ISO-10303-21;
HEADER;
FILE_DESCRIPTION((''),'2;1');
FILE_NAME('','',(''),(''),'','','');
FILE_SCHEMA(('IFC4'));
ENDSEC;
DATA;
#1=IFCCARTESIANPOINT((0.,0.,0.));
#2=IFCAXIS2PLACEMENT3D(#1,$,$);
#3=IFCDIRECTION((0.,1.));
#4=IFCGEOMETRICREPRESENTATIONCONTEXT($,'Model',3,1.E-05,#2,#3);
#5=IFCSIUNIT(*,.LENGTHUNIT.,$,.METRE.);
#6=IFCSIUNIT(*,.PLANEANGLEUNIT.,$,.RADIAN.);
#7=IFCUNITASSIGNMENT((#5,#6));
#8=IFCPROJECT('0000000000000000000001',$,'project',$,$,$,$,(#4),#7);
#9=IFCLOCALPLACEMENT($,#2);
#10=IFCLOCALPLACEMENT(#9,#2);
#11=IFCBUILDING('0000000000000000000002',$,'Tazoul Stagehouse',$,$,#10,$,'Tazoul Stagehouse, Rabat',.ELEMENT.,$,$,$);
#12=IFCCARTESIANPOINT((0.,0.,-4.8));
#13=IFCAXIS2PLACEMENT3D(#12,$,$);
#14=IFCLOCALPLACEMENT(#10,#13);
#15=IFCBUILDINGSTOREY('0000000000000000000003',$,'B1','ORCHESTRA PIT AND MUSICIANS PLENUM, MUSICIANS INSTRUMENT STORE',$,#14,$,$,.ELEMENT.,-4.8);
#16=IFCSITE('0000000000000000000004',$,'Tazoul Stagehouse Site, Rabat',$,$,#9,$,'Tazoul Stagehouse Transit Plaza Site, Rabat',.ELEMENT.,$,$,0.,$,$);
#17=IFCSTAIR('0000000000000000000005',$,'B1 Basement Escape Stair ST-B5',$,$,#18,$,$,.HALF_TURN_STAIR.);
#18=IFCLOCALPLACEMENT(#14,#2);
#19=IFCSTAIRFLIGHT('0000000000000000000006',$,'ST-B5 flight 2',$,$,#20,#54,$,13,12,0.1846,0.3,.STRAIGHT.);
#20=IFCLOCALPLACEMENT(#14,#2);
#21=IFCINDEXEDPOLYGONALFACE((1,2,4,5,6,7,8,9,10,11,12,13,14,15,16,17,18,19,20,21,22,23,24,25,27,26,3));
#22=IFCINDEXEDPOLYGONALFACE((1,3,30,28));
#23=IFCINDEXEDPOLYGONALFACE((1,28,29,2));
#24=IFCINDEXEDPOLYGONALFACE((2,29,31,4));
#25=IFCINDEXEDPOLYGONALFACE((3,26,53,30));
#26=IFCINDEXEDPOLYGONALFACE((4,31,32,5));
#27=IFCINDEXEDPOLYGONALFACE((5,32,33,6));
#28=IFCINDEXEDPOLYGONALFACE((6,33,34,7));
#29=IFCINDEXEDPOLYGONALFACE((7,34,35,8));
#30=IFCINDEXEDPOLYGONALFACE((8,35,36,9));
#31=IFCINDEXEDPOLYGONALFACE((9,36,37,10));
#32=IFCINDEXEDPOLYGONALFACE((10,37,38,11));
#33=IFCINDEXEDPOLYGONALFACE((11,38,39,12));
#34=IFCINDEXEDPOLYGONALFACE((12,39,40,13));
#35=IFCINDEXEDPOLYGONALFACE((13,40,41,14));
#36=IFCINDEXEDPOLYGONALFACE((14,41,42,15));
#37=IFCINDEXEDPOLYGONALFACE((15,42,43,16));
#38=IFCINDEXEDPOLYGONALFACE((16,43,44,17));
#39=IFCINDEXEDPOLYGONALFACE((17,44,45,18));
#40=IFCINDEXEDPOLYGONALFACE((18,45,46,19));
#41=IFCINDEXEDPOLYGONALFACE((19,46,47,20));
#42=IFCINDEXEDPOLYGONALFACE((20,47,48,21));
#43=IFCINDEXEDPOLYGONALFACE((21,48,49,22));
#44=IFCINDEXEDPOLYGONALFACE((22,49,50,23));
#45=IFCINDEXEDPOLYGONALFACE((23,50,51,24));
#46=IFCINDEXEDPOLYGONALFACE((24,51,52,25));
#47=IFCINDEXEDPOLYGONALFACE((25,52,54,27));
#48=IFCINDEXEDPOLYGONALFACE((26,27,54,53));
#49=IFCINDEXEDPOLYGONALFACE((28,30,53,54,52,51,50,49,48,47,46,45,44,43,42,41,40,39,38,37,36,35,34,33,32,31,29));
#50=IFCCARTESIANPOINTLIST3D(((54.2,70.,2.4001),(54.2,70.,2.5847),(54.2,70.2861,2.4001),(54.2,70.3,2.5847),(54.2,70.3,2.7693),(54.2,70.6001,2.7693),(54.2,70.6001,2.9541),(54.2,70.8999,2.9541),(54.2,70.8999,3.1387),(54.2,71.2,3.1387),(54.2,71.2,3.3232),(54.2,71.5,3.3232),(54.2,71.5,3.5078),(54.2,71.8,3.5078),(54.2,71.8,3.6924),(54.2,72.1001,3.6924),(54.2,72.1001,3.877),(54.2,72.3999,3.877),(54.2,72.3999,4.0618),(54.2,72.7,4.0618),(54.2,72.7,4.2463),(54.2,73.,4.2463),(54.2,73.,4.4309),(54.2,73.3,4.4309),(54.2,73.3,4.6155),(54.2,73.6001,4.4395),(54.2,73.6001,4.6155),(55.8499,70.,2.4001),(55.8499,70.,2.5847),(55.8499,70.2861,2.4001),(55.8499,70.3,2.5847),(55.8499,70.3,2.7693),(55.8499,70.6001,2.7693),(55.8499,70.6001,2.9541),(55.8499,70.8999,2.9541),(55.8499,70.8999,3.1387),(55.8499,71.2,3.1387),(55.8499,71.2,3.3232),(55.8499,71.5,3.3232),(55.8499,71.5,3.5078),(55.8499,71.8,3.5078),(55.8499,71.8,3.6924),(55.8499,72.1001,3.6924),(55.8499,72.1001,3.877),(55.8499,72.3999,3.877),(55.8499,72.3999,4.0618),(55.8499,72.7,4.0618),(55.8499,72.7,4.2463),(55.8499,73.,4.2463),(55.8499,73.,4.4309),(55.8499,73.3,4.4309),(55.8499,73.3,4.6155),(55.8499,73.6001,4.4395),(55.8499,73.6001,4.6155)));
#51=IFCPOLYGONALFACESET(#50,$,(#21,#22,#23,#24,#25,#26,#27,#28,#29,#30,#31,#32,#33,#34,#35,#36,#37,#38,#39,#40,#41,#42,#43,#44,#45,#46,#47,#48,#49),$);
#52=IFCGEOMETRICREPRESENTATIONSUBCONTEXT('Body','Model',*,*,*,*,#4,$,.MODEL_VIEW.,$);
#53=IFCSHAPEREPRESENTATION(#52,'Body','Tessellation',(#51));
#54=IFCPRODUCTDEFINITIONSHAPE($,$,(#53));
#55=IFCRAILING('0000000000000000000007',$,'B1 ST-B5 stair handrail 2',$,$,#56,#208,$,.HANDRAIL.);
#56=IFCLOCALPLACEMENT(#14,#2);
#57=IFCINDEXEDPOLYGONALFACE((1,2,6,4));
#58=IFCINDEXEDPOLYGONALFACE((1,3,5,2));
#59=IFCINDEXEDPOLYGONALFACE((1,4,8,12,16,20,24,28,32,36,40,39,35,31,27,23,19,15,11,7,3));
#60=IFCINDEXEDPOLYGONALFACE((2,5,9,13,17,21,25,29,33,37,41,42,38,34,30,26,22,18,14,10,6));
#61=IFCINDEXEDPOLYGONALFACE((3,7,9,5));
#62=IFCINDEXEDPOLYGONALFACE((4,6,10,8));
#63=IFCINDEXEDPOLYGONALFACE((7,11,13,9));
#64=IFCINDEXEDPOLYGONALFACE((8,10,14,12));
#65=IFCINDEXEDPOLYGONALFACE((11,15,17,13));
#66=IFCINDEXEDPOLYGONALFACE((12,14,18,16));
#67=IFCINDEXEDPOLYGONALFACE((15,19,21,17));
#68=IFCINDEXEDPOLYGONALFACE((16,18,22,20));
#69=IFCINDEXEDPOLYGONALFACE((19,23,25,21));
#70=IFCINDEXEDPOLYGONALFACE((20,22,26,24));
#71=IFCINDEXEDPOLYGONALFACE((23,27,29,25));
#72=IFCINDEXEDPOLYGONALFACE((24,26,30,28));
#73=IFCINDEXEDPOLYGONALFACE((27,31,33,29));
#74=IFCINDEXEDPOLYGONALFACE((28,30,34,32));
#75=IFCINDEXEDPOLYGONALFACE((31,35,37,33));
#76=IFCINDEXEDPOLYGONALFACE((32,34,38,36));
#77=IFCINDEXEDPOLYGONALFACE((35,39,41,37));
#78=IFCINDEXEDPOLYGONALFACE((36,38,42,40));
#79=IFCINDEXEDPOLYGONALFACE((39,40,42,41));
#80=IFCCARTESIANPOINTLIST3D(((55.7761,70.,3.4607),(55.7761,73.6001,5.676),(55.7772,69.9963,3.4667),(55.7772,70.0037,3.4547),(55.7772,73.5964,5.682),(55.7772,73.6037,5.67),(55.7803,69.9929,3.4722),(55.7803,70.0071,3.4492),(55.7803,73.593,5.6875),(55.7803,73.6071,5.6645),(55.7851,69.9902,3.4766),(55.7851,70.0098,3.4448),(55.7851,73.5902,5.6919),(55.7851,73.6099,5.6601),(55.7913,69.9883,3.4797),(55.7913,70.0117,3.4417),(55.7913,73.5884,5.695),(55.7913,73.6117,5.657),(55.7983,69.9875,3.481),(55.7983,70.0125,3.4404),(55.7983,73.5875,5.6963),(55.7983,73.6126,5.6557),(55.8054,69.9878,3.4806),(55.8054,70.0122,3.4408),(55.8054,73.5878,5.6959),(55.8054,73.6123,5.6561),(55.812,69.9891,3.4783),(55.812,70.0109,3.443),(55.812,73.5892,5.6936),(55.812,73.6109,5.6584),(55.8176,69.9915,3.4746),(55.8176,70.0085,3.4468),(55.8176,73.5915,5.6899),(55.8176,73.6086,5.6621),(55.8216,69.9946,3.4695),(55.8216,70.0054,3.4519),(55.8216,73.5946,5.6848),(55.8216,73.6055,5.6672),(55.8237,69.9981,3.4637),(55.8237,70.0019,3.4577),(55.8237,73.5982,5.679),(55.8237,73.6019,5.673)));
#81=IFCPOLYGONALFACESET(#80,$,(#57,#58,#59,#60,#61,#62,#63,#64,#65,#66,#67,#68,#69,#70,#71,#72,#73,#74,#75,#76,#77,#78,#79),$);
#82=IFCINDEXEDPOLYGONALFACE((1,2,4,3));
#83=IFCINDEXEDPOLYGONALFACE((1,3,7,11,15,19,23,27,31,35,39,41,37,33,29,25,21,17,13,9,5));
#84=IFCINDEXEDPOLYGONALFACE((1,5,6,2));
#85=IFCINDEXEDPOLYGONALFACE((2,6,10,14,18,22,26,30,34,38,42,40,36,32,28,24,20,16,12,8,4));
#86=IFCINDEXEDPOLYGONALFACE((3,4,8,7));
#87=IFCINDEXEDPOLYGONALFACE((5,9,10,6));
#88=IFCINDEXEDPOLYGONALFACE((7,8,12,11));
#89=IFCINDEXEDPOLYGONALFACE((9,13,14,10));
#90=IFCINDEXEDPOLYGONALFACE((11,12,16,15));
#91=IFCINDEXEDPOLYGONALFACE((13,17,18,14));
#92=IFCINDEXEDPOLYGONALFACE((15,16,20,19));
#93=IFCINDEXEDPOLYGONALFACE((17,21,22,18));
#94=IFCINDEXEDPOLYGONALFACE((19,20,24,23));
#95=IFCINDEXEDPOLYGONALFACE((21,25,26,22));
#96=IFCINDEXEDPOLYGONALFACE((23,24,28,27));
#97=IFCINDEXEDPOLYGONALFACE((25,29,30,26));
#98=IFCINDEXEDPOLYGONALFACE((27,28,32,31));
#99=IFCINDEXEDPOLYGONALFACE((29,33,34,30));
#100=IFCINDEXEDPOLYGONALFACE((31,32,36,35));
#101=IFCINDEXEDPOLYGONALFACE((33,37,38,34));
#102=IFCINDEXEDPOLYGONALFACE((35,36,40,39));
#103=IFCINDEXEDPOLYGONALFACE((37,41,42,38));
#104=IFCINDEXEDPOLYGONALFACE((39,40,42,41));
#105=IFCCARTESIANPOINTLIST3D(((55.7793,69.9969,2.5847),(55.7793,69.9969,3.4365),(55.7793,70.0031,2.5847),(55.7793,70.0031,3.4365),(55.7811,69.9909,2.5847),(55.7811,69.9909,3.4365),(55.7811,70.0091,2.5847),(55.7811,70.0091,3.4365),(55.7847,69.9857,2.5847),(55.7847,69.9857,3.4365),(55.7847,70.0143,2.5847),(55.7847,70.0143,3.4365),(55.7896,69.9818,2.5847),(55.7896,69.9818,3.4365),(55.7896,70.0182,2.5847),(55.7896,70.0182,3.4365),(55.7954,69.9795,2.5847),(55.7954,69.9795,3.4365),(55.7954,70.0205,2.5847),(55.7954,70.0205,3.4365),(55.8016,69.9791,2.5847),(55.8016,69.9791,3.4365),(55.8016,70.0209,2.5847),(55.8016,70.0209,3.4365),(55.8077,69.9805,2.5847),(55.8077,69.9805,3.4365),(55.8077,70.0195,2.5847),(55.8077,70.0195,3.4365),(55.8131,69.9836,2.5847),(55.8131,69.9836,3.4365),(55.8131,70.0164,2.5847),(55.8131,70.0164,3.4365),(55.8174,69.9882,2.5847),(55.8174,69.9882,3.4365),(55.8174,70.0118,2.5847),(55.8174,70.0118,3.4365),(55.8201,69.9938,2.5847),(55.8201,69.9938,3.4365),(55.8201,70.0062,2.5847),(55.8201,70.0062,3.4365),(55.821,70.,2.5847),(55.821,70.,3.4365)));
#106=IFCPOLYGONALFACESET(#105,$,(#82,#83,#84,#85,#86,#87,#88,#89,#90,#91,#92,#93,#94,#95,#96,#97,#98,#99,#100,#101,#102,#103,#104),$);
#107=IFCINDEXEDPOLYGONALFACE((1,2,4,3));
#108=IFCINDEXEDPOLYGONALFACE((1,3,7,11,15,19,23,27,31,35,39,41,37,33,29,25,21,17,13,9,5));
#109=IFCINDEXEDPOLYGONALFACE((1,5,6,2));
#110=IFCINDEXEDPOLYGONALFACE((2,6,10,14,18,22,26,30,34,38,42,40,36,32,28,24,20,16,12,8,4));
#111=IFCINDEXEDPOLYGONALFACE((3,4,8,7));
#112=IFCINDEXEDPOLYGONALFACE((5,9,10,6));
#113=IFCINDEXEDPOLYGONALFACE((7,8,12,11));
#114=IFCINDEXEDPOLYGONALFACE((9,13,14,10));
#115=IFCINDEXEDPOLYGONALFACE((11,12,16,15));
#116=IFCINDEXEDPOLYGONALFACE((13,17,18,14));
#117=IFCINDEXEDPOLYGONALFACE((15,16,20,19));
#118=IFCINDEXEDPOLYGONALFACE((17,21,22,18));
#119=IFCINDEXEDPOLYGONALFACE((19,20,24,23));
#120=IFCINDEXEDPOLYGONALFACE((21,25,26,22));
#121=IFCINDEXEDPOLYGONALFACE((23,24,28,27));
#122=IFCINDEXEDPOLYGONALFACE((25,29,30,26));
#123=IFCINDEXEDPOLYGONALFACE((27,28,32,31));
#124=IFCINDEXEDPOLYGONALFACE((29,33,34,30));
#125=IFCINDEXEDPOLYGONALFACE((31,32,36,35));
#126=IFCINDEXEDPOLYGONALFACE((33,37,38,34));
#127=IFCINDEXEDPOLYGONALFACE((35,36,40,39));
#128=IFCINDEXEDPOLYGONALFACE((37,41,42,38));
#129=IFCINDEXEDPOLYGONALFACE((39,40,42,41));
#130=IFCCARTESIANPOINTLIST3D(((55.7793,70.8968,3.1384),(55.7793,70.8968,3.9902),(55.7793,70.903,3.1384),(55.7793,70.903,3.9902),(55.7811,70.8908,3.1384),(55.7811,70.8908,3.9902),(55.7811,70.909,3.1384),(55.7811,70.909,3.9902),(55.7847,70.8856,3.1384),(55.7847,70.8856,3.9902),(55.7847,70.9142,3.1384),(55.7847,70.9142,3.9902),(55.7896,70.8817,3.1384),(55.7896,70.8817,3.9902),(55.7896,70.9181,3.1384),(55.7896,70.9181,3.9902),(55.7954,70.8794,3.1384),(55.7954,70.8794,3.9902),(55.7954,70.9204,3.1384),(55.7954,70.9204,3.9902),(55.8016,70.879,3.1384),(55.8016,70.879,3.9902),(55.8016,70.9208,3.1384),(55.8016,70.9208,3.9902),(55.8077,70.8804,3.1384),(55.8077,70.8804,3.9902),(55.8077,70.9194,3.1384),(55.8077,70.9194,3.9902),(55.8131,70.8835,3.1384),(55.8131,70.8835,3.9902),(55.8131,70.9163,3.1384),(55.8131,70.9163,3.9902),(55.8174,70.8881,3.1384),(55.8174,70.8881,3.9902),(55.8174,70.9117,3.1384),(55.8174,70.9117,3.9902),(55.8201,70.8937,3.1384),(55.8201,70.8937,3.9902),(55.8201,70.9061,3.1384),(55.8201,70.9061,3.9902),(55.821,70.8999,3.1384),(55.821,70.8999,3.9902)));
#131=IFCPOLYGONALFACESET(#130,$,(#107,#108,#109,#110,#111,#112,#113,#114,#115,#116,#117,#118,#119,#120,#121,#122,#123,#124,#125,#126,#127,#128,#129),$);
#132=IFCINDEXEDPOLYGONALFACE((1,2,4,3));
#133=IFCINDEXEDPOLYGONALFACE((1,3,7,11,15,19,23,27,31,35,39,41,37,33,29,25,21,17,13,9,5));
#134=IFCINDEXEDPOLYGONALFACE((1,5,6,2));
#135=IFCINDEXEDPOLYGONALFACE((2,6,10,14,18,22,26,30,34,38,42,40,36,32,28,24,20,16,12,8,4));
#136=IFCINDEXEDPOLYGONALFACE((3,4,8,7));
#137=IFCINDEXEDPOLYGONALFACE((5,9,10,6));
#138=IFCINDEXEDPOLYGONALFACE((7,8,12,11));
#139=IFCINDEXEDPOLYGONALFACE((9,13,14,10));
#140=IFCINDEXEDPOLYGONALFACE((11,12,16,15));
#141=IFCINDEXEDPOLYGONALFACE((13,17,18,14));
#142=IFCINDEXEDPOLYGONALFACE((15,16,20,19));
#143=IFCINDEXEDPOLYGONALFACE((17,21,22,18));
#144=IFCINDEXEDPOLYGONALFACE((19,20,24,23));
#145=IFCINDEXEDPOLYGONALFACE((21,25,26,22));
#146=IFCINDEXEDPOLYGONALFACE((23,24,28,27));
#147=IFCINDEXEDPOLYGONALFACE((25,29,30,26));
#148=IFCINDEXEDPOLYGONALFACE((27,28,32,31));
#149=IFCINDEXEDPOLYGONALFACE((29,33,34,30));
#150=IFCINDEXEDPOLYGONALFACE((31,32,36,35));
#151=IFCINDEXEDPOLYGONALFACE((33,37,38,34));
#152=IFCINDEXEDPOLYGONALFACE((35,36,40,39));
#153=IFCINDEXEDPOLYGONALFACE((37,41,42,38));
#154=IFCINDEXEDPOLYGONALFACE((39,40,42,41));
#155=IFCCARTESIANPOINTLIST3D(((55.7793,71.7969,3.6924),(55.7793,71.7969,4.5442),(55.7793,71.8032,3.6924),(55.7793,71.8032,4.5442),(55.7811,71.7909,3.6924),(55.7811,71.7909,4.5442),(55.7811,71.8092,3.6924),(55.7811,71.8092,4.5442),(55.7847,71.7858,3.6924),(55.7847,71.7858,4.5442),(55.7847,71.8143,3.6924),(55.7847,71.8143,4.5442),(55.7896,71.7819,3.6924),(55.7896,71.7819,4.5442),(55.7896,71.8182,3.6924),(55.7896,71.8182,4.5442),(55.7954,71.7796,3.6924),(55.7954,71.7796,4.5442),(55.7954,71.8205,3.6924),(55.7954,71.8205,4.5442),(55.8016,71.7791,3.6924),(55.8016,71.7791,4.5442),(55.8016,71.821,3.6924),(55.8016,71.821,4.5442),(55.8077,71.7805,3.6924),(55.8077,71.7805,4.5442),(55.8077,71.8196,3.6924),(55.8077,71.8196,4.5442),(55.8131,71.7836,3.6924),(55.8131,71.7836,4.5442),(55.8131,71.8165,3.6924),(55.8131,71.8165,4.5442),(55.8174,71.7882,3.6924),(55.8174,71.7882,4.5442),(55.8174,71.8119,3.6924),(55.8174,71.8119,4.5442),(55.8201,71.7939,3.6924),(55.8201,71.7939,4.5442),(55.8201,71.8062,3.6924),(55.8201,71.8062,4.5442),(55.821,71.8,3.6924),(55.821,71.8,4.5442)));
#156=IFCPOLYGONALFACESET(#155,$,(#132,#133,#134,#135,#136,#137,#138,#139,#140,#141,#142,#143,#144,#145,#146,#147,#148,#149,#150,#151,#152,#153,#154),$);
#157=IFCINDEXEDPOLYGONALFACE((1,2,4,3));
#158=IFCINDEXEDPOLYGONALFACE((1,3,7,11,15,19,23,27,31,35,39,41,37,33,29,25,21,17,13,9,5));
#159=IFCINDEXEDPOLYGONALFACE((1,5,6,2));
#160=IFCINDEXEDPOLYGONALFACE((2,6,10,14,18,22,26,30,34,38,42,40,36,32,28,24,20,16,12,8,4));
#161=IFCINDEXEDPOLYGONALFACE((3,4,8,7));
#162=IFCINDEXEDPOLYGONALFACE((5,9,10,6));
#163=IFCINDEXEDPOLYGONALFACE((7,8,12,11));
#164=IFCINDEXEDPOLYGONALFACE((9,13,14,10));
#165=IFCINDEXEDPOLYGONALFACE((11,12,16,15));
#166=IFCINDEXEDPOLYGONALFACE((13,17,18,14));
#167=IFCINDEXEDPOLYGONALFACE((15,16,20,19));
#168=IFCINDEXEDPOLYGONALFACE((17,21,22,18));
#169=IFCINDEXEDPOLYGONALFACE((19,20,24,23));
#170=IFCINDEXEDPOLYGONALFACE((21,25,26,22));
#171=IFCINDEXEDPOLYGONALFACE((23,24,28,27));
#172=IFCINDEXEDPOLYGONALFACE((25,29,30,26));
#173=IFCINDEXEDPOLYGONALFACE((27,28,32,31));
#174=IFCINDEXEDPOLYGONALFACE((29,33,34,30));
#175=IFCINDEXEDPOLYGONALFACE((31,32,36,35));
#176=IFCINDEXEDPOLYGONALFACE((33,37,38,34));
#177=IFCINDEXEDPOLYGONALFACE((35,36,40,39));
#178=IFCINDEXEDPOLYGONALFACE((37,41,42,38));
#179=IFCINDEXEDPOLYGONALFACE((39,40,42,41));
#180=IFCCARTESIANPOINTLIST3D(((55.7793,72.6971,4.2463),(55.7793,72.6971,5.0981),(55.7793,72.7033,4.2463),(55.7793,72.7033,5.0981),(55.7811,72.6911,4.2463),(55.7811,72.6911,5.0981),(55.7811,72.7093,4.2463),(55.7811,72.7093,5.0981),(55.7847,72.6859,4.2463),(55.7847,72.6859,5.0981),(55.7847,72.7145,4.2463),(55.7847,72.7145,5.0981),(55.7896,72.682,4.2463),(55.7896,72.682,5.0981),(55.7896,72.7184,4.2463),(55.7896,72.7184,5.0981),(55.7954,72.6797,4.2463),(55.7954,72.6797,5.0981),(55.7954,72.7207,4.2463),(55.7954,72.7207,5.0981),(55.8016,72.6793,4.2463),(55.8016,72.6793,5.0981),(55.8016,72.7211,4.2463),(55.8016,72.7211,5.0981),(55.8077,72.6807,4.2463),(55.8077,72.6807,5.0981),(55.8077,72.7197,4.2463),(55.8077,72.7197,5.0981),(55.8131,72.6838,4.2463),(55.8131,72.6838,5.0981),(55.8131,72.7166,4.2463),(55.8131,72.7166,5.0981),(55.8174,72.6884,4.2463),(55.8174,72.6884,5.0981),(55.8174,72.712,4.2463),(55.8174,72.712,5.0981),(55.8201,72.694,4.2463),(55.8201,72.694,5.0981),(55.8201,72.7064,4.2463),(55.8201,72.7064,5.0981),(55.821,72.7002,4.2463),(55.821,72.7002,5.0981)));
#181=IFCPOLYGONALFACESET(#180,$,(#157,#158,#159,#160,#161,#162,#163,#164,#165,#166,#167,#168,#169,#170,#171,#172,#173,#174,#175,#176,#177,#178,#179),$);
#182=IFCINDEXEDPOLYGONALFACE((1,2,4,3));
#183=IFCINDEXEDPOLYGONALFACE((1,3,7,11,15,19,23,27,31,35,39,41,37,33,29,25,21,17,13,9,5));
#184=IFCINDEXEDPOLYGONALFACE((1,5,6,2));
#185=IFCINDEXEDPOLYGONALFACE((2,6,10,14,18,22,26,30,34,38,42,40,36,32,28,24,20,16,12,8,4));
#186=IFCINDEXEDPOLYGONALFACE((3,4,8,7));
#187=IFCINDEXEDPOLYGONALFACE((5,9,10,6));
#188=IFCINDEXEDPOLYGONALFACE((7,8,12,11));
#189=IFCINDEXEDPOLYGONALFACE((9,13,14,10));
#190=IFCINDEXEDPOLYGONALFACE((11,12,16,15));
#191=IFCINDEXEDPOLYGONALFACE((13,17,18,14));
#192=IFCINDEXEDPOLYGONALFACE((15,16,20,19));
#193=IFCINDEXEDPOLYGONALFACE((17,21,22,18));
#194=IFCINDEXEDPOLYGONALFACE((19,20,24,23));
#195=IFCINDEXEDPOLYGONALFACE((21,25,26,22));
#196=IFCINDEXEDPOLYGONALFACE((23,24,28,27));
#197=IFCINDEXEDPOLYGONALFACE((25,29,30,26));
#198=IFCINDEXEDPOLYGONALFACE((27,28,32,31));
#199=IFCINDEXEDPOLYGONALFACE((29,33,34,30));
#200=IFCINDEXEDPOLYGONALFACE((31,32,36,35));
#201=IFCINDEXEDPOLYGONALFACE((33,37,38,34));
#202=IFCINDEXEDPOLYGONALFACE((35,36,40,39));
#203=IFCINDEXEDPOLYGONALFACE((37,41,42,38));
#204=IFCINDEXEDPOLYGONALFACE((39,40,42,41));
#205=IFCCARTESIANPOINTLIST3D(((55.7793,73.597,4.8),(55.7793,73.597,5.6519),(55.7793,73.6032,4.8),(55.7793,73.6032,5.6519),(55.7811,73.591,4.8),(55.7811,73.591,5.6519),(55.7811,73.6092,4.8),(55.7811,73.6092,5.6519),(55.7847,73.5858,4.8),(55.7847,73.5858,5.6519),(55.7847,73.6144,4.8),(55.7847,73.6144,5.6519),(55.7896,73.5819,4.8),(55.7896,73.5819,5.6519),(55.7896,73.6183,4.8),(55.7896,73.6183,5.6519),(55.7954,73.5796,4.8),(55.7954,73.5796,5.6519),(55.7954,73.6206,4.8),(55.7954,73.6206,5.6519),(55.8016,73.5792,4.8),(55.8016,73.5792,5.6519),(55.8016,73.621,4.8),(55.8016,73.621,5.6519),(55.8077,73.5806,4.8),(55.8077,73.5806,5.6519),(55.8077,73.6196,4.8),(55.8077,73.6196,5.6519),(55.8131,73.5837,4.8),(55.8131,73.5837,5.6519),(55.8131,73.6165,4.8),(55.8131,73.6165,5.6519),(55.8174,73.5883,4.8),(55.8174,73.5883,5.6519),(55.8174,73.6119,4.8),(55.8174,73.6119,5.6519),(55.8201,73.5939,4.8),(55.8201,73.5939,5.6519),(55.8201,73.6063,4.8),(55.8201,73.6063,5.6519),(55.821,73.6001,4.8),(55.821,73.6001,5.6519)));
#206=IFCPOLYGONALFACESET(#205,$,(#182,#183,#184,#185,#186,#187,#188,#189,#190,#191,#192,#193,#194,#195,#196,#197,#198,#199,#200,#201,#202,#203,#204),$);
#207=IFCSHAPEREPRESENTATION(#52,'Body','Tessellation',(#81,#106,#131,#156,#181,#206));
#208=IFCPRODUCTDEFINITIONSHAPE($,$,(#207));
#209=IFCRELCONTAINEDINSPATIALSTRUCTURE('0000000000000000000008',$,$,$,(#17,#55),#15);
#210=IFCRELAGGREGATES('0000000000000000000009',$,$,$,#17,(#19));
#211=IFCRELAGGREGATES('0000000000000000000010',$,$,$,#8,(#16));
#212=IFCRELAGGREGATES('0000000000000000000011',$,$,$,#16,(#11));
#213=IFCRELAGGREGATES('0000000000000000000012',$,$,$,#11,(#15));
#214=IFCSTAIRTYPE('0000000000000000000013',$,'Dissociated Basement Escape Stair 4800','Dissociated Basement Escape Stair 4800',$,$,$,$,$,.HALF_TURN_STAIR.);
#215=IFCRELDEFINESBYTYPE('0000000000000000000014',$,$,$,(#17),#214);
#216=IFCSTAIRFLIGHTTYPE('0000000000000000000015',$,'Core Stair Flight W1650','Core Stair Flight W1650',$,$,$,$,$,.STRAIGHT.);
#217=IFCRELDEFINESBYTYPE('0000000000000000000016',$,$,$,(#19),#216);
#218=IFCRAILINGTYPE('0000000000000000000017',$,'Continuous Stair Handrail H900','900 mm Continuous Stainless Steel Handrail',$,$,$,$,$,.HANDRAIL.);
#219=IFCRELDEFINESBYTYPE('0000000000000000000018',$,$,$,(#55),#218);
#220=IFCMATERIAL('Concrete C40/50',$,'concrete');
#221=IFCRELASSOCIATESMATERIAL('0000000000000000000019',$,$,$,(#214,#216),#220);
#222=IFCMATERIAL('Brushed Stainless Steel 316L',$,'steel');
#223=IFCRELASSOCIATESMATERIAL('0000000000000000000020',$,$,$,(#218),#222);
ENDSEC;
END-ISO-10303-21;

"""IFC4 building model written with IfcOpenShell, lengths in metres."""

from ifc_helpers import new_model, si_unit, direction, frame, origin, origin_2d, place, context, subcontext, project, spatial, polyline, circle, outline, extrude, material, material_profile, profile_set, type_object, element, aggregate, save


model = new_model("IFC4")

# Units and contexts
model_context = context("Model", 3, precision=1e-05, world=origin(), true_north=direction((0.0, 1.0)))
body_context = subcontext(model_context, "Body", "Model", "MODEL_VIEW")
ifc_project = project(units=[si_unit("LENGTHUNIT", "METRE"), si_unit("PLANEANGLEUNIT", "RADIAN")], contexts=[model_context])

# Site, building, storey
site_placement = place(None, origin())
site = spatial("IfcSite", under=ifc_project, at=site_placement, Name="Tazoul Stagehouse Site, Rabat", LongName="Tazoul Stagehouse Transit Plaza Site, Rabat", CompositionType="ELEMENT", RefElevation=0.0)
building_placement = place(site_placement, origin())
building = spatial("IfcBuilding", under=site, at=building_placement, Name="Tazoul Stagehouse", LongName="Tazoul Stagehouse, Rabat", CompositionType="ELEMENT")
storey_placement = place(building_placement, frame((0.0, 0.0, -4.8)))
storey = spatial("IfcBuildingStorey", under=building, at=storey_placement, Name="B1", Description="ORCHESTRA PIT AND MUSICIANS PLENUM, MUSICIANS INSTRUMENT STORE", CompositionType="ELEMENT", Elevation=-4.8)

# Shared definitions
ifc_material_1 = material(Name="Concrete C40/50", Category="concrete")

# Stair, stair flight
stair_type = type_object("IfcStairType", Name="Dissociated Basement Escape Stair 4800", Description="Dissociated Basement Escape Stair 4800", PredefinedType="HALF_TURN_STAIR", material=ifc_material_1)
stair_placement = place(storey_placement, origin())
stair = element("IfcStair", 1, at=stair_placement, inside=storey, type_object=stair_type, Name="B1 Basement Escape Stair ST-B5", PredefinedType="HALF_TURN_STAIR")
stair_flight_type = type_object("IfcStairFlightType", Name="Core Stair Flight W1650", Description="Core Stair Flight W1650", PredefinedType="STRAIGHT", material=ifc_material_1)
stair_flight_placement = place(storey_placement, frame((55.0249, 70.0, 2.4001), z_axis=(0.0, 0.0, 1.0), x_axis=(0.0, 1.0, 0.0)))
stair_flight = element("IfcStairFlight", 2, at=stair_flight_placement, type_object=stair_flight_type, Name="ST-B5 flight 2", NumberOfRisers=13, NumberOfTreads=12, PredefinedType="STRAIGHT", RiserHeight=0.1846, TreadLength=0.3, context=body_context, shape_type="SweptSolid", body=[
    extrude(outline(polyline([(0.0, 0.0), (0.0, 0.1846), (0.3, 0.1846), (0.3, 0.3691), (0.6001, 0.3691), (0.6001, 0.554), (0.8999, 0.554), (0.8999, 0.7385), (1.2, 0.7385), (1.2, 0.9231), (1.5, 0.9231), (1.5, 1.1077), (1.8, 1.1077), (1.8, 1.2922), (2.1001, 1.2922), (2.1001, 1.4768), (2.3999, 1.4768), (2.3999, 1.6616), (2.7, 1.6616), (2.7, 1.8462), (3.0, 1.8462), (3.0, 2.0308), (3.3, 2.0308), (3.3, 2.2153), (3.6001, 2.2153), (3.6001, 2.3999), (3.6001, 2.0393), (0.2861, 0.0), (0.0, 0.0)])), frame((0.0, 0.825, 0.0), z_axis=(0.0, -1.0, 0.0), x_axis=(1.0, 0.0, 0.0)), (0.0, 0.0, 1.0), 1.6499),
])
aggregate(stair, [stair_flight])

# Railing
ifc_material_2 = material(Name="Brushed Stainless Steel 316L", Category="steel")
ifc_material_profile_1 = material_profile(ifc_material_2, circle(Radius=0.021, at=origin_2d()), Name="SS HANDRAIL D42")
ifc_profile_set_1 = profile_set([ifc_material_profile_1], Name="Brushed Stainless Steel 316L")
railing_type = type_object("IfcRailingType", Name="Continuous Stair Handrail H900", Description="900 mm Continuous Stainless Steel Handrail", PredefinedType="HANDRAIL", material=ifc_profile_set_1)
railing_placement = place(storey_placement, frame((55.8, 70.0, 2.5847)))
element("IfcRailing", 3, at=railing_placement, inside=storey, type_object=railing_type, Name="B1 ST-B5 stair handrail 2", PredefinedType="HANDRAIL", context=body_context, shape_type="SweptSolid", body=[
    extrude(circle(Radius=0.0239, at=origin_2d()), frame((0.0, 0.0, 0.876), z_axis=(0.0, 0.85167, 0.524078), x_axis=(-1.0, 0.0, 0.0)), (0.0, 0.0, 1.0), 4.2271),
    extrude(circle(Radius=0.021, at=origin_2d()), origin(), (0.0, 0.0, 1.0), 0.8518),
    extrude(circle(Radius=0.021, at=origin_2d()), frame((0.0, 0.8999, 0.5537)), (0.0, 0.0, 1.0), 0.8518),
    extrude(circle(Radius=0.021, at=origin_2d()), frame((0.0, 1.8, 1.1077)), (0.0, 0.0, 1.0), 0.8518),
    extrude(circle(Radius=0.021, at=origin_2d()), frame((0.0, 2.7002, 1.6616)), (0.0, 0.0, 1.0), 0.8518),
    extrude(circle(Radius=0.021, at=origin_2d()), frame((0.0, 3.6001, 2.2153)), (0.0, 0.0, 1.0), 0.8518),
])

save(model, "model.ifc")
